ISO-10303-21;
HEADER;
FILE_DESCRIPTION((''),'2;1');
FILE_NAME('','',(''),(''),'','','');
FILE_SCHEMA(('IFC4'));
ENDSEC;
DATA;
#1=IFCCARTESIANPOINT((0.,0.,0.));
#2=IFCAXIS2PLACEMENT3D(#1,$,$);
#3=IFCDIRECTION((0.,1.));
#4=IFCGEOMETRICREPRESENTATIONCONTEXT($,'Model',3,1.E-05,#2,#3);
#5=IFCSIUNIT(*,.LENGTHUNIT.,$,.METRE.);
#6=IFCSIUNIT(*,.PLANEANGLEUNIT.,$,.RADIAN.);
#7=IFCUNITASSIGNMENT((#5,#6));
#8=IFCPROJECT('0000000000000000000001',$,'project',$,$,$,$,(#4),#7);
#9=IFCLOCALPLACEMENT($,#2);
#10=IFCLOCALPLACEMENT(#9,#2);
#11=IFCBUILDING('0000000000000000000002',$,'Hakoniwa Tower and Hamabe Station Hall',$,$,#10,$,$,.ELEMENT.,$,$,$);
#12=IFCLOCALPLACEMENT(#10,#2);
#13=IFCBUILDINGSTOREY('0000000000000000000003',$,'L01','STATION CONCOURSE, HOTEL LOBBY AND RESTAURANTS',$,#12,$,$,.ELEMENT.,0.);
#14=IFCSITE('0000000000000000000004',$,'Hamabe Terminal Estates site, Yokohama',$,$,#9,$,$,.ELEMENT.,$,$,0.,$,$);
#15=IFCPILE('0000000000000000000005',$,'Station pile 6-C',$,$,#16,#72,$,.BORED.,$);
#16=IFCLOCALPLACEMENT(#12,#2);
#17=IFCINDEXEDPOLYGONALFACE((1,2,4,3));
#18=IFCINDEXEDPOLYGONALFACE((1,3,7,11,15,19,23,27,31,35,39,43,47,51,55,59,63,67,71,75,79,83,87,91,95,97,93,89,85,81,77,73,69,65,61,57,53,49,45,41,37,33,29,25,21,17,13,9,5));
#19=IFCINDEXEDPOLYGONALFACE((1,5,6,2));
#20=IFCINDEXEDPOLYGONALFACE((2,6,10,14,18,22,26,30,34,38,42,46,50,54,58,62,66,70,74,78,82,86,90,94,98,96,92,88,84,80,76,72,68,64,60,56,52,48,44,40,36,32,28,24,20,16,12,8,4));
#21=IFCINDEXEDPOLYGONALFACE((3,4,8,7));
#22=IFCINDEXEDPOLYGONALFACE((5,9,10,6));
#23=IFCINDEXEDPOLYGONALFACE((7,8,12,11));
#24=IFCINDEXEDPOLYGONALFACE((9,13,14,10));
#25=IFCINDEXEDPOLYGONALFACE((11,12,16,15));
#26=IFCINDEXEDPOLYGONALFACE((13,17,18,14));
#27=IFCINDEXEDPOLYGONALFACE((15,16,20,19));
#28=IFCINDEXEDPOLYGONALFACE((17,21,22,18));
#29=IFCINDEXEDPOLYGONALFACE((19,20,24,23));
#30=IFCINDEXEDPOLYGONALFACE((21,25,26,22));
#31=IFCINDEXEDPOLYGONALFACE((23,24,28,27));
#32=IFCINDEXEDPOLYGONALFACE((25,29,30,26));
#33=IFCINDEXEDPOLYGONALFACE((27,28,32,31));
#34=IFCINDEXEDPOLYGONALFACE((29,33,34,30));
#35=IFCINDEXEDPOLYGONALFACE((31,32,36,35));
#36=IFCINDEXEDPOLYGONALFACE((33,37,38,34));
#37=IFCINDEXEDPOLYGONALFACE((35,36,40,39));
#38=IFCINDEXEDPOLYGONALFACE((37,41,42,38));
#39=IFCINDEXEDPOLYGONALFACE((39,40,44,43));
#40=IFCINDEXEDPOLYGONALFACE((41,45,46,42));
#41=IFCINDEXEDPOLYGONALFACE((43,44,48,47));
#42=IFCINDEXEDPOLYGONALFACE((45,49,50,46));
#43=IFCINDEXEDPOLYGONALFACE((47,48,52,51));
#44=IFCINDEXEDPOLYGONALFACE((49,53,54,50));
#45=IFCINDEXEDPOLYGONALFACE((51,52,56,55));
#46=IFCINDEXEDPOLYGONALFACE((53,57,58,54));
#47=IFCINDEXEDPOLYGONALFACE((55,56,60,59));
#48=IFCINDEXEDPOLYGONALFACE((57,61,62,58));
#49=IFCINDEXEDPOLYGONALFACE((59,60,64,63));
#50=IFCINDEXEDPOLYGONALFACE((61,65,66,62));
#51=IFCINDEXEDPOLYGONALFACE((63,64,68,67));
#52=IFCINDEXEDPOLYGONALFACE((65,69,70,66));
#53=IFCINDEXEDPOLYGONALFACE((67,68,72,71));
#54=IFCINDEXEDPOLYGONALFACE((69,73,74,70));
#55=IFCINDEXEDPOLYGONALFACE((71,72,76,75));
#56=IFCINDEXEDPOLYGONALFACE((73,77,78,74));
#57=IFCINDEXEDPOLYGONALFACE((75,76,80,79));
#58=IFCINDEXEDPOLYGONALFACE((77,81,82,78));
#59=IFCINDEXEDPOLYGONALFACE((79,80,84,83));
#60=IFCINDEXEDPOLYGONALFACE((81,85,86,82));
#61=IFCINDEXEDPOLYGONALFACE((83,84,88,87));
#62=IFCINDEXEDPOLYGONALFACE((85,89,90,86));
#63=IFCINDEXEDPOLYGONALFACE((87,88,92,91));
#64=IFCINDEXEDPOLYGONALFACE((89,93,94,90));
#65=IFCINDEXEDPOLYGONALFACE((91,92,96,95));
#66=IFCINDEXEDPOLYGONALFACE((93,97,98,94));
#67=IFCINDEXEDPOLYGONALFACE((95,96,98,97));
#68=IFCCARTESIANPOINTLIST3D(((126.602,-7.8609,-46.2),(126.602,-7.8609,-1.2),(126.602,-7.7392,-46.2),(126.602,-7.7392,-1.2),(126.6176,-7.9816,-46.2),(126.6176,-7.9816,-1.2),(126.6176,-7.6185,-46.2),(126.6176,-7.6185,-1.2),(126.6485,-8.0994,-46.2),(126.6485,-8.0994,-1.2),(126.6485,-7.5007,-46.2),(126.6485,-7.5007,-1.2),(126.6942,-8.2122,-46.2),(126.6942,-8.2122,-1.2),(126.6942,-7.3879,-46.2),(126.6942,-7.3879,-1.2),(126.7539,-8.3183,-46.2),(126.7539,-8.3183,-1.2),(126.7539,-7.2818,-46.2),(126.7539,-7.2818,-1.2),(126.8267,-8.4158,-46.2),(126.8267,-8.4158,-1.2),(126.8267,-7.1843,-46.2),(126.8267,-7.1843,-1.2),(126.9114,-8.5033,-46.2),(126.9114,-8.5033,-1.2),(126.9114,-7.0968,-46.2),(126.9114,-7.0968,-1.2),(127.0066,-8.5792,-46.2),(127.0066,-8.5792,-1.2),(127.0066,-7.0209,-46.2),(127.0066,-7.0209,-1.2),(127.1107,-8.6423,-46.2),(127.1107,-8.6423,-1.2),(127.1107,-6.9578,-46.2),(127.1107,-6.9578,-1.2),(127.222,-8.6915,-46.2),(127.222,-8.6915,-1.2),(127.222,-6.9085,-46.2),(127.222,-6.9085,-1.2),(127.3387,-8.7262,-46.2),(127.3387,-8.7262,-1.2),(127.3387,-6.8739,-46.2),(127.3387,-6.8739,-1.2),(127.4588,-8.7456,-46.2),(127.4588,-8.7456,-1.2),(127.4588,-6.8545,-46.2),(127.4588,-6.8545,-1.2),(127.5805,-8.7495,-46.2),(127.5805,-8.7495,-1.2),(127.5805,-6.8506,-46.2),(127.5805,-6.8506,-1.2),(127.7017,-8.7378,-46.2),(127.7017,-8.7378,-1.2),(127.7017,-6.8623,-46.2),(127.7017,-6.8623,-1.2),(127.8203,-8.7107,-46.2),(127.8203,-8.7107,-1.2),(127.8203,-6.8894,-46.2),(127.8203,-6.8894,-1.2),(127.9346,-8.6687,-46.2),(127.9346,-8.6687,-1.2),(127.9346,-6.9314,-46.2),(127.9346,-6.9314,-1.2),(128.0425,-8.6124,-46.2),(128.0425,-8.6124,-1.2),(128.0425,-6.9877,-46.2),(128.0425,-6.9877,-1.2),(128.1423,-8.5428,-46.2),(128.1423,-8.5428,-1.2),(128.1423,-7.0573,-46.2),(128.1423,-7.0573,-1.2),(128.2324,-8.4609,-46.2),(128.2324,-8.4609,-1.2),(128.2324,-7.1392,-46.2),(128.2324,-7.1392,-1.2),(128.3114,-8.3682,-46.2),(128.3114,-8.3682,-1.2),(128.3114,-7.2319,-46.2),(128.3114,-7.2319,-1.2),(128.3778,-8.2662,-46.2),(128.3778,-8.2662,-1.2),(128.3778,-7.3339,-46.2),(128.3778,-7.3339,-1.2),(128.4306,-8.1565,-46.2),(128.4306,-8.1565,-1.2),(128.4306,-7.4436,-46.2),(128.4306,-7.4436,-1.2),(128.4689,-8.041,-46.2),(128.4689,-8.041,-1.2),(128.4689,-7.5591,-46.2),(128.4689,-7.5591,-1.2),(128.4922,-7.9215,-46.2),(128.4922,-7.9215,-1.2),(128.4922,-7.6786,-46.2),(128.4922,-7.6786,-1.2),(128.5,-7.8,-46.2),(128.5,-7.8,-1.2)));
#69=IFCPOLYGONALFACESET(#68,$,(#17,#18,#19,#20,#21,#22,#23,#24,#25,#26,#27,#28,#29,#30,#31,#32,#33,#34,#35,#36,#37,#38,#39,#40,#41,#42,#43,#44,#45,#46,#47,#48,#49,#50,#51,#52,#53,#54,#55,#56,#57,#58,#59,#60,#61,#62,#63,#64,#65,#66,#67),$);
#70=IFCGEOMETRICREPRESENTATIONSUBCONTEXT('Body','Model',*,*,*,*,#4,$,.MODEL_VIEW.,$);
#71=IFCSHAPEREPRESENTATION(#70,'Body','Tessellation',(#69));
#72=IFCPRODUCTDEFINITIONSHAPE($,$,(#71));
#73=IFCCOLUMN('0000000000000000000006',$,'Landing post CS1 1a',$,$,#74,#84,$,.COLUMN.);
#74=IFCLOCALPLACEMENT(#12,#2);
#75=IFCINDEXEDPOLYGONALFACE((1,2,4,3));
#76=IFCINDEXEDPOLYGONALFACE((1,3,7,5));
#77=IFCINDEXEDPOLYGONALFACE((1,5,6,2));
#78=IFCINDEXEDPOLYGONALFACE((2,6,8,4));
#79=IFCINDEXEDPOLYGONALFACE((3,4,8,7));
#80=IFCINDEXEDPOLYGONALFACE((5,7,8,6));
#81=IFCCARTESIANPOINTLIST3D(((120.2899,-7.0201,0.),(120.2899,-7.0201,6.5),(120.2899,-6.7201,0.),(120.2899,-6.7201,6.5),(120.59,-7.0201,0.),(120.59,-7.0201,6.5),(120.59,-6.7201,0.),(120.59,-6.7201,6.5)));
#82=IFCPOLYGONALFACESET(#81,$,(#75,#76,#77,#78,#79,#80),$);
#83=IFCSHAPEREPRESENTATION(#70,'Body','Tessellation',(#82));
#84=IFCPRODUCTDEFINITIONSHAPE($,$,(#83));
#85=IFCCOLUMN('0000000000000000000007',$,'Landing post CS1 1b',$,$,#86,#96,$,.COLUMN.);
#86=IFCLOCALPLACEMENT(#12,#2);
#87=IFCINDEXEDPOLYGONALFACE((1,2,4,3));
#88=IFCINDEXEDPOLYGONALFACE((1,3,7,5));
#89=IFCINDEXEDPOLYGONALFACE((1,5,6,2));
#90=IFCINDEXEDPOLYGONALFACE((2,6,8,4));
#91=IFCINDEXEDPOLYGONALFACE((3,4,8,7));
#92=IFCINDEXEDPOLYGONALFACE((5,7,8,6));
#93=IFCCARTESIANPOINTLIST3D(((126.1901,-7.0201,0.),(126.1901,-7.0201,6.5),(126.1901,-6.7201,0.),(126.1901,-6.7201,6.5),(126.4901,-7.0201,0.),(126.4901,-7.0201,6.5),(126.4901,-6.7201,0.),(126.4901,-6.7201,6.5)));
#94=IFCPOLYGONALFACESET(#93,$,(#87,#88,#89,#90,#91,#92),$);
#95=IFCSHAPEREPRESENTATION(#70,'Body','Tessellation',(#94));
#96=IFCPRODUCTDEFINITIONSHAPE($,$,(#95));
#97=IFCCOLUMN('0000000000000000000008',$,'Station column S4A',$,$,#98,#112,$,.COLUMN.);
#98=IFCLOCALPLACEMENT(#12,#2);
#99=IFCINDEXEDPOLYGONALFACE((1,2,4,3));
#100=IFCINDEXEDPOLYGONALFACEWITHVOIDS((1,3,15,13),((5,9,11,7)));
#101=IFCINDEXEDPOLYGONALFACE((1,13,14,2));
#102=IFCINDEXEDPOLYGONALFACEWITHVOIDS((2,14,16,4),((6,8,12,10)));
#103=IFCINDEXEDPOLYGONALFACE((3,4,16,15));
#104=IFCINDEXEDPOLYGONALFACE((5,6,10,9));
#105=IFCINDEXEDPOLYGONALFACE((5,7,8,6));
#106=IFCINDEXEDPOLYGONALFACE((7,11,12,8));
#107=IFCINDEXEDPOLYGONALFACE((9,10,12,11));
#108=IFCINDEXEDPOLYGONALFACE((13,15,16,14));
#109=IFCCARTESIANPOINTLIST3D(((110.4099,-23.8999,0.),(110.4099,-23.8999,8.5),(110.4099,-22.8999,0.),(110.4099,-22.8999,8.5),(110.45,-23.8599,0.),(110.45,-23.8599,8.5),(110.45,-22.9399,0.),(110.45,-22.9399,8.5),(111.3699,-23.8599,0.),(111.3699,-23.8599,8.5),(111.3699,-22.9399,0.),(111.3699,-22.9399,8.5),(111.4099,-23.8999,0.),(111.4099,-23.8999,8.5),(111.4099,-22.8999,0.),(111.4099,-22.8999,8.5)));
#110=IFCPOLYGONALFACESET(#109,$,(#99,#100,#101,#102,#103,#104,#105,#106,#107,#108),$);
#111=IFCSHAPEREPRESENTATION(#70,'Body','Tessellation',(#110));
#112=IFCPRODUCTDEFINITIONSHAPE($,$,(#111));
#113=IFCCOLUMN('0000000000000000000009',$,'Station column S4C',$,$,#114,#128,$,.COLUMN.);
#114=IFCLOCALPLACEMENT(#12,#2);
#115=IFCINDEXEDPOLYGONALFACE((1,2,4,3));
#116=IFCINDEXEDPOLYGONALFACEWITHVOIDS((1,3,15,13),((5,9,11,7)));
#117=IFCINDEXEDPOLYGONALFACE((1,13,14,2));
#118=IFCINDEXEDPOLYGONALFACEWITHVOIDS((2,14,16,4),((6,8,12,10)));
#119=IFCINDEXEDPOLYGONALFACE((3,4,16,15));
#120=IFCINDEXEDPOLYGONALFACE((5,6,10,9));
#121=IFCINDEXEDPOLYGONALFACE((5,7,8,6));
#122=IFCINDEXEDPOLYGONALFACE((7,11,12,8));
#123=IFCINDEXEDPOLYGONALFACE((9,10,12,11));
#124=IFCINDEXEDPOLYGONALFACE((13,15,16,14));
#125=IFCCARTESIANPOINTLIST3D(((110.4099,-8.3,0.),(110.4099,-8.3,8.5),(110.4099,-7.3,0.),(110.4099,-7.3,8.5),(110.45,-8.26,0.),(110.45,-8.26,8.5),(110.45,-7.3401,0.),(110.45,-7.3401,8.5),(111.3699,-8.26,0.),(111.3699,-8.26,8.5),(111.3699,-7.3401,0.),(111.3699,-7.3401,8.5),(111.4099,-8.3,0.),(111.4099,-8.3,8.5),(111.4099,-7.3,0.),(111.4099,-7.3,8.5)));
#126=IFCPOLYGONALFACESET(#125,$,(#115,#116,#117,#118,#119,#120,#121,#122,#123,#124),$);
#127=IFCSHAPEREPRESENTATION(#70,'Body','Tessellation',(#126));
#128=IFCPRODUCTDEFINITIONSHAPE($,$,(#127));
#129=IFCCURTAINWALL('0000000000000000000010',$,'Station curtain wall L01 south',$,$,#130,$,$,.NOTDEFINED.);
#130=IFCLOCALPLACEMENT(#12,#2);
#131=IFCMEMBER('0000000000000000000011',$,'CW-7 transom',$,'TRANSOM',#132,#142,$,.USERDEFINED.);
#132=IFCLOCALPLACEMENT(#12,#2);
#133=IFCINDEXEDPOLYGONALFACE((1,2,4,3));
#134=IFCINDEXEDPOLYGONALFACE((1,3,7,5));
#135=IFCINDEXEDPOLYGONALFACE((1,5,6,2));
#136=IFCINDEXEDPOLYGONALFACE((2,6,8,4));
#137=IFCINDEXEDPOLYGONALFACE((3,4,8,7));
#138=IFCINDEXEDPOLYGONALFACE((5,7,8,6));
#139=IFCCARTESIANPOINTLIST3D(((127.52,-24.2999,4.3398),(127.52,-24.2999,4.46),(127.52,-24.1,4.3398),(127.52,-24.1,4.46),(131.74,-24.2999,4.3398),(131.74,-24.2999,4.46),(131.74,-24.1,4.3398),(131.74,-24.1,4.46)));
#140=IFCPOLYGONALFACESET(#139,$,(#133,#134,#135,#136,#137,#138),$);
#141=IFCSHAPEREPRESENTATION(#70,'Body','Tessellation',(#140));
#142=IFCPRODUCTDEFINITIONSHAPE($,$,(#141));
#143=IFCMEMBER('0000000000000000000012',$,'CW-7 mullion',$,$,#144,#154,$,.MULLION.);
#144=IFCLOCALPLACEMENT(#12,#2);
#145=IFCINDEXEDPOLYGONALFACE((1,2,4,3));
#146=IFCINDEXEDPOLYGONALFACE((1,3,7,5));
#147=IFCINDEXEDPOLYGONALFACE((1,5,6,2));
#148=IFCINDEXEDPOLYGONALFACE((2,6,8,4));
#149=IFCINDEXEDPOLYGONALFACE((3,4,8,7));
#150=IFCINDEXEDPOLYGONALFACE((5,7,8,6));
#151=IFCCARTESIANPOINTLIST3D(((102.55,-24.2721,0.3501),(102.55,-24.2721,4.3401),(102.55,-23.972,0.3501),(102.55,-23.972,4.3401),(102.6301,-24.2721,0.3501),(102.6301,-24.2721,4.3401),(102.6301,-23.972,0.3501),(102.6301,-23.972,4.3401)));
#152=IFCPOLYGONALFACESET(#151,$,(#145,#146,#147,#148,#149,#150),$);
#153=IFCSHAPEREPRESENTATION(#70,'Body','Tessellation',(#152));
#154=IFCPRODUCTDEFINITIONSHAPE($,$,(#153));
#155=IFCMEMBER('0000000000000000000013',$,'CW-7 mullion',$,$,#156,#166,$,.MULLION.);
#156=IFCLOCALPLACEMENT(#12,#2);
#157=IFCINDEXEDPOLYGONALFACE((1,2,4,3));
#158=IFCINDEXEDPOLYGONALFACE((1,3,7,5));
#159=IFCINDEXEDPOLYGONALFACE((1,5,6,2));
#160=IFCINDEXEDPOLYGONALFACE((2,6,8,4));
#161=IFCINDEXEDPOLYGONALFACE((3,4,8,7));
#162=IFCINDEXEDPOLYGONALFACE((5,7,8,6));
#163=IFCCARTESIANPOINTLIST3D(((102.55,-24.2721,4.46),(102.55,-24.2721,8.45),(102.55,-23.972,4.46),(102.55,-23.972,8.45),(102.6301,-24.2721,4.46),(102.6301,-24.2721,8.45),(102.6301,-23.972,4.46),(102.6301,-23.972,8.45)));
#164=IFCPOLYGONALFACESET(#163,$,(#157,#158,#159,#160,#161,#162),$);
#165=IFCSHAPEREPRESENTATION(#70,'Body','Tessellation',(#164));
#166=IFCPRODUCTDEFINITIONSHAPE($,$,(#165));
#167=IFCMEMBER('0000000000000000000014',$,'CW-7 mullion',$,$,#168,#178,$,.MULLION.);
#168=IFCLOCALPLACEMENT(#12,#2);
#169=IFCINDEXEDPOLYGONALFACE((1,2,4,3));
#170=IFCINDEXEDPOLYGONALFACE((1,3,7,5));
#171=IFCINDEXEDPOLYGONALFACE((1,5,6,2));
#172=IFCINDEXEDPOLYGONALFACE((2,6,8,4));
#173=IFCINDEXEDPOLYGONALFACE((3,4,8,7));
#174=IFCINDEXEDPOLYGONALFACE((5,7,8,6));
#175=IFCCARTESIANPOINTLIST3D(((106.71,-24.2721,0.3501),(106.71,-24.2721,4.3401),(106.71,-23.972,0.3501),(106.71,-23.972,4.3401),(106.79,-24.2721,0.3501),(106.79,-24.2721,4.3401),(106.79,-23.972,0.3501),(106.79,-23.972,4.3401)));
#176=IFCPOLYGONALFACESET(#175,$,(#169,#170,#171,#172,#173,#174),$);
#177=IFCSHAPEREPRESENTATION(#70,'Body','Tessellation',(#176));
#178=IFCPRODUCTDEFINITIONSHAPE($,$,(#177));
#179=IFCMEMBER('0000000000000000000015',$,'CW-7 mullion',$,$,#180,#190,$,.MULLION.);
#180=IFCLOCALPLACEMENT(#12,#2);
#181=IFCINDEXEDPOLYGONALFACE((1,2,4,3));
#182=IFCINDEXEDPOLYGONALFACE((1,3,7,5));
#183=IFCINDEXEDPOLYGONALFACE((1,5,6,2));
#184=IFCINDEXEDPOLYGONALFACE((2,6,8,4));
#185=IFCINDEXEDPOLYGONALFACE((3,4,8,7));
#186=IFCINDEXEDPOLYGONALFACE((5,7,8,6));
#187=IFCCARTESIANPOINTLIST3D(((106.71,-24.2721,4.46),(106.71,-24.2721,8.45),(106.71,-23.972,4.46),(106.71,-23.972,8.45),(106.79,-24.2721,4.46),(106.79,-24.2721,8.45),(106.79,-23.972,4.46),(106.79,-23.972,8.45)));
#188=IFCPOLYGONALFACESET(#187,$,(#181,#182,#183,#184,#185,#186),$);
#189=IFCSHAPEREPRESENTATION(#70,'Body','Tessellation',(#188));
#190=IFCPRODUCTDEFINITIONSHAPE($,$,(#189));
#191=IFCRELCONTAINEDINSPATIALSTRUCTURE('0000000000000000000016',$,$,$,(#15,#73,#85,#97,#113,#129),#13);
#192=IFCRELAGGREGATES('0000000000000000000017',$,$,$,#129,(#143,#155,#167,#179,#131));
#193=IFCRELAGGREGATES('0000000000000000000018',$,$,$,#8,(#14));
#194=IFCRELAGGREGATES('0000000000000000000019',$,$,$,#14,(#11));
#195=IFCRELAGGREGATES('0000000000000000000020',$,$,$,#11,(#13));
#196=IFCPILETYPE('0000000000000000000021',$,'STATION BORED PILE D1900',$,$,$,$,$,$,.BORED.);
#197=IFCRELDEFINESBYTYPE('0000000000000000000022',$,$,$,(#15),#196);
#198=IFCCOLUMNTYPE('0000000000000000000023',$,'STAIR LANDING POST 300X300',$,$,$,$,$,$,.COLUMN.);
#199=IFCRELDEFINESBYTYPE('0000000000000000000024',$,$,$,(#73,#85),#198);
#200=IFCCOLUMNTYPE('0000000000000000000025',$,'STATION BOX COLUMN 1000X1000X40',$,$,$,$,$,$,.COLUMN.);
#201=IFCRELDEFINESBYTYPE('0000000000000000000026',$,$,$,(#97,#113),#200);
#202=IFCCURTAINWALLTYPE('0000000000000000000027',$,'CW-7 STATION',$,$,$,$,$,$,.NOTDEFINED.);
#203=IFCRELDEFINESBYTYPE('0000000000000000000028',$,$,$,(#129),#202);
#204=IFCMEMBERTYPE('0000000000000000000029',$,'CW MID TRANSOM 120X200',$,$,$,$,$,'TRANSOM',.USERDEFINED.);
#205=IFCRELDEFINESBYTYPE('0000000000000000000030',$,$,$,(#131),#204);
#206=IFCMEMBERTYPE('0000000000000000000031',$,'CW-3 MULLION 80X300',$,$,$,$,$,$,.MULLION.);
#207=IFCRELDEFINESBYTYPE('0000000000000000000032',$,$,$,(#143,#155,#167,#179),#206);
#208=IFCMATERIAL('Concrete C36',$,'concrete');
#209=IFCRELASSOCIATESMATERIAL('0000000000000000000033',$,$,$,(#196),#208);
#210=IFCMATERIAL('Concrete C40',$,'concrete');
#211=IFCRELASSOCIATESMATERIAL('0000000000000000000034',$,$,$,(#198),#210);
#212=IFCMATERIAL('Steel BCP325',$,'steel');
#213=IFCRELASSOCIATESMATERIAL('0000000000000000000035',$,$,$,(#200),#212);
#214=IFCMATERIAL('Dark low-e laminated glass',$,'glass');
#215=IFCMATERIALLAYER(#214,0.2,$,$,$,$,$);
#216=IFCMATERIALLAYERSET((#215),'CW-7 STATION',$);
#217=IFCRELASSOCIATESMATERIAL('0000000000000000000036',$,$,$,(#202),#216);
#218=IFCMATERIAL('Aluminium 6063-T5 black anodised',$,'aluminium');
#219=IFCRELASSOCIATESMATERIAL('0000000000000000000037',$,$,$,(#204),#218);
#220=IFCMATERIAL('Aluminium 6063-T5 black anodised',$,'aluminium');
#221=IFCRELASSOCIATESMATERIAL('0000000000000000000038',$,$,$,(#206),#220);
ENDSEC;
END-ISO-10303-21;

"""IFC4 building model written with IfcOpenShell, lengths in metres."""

from ifc_helpers import new_model, si_unit, direction, frame, origin, origin_2d, place, context, subcontext, project, spatial, rectangle, hollow_rectangle, circle, extrude, material, layer, layer_set, material_profile, profile_set, type_object, element, aggregate, save


model = new_model("IFC4")

# Units and contexts
model_context = context("Model", 3, precision=1e-05, world=origin(), true_north=direction((0.0, 1.0)))
body_context = subcontext(model_context, "Body", "Model", "MODEL_VIEW")
ifc_project = project(units=[si_unit("LENGTHUNIT", "METRE"), si_unit("PLANEANGLEUNIT", "RADIAN")], contexts=[model_context])

# Site, building, storey
site_placement = place(None, origin())
site = spatial("IfcSite", under=ifc_project, at=site_placement, Name="Hamabe Terminal Estates site, Yokohama", CompositionType="ELEMENT", RefElevation=0.0)
building_placement = place(site_placement, origin())
building = spatial("IfcBuilding", under=site, at=building_placement, Name="Hakoniwa Tower and Hamabe Station Hall", CompositionType="ELEMENT")
storey_placement = place(building_placement, origin())
storey = spatial("IfcBuildingStorey", under=building, at=storey_placement, Name="L01", Description="STATION CONCOURSE, HOTEL LOBBY AND RESTAURANTS", CompositionType="ELEMENT", Elevation=0.0)

# Pile
ifc_material_1 = material(Name="Concrete C36", Category="concrete")
ifc_material_profile_1 = material_profile(ifc_material_1, circle(Radius=0.95, at=origin_2d()), Name="STATION BORED PILE D1900")
ifc_profile_set_1 = profile_set([ifc_material_profile_1], Name="Concrete C36")
pile_type = type_object("IfcPileType", Name="STATION BORED PILE D1900", PredefinedType="BORED", material=ifc_profile_set_1)
for number, where, z_axis, x_axis, name in (
    (1, (127.55, -7.8, -1.2), (0.0, 0.0, -1.0), (1.0, 0.0, 0.0), "Station pile 6-C"),
):
    element("IfcPile", number, at=place(storey_placement, frame(where, z_axis=z_axis, x_axis=x_axis)), inside=storey, type_object=pile_type, Name=name, PredefinedType="BORED", context=body_context, shape_type="SweptSolid", body=[
        extrude(circle(Radius=0.95, at=origin_2d()), origin(), (0.0, 0.0, 1.0), 45.0),
    ])

# Columns
ifc_material_2 = material(Name="Concrete C40", Category="concrete")
ifc_material_profile_2 = material_profile(ifc_material_2, rectangle(XDim=0.3, YDim=0.3, at=origin_2d()), Name="STAIR LANDING POST 300X300")
ifc_profile_set_2 = profile_set([ifc_material_profile_2], Name="Concrete C40")
column_type_1 = type_object("IfcColumnType", Name="STAIR LANDING POST 300X300", PredefinedType="COLUMN", material=ifc_profile_set_2)
for number, where, z_axis, x_axis, name in (
    (2, (120.4399, -6.8701, 0.0), (0.0, 0.0, 1.0), (1.0, 0.0, 0.0), "Landing post CS1 1a"),
    (3, (126.3401, -6.8701, 0.0), (0.0, 0.0, 1.0), (1.0, 0.0, 0.0), "Landing post CS1 1b"),
):
    element("IfcColumn", number, at=place(storey_placement, frame(where, z_axis=z_axis, x_axis=x_axis)), inside=storey, type_object=column_type_1, Name=name, PredefinedType="COLUMN", context=body_context, shape_type="SweptSolid", body=[
        extrude(rectangle(XDim=0.3, YDim=0.3, at=origin_2d()), origin(), (0.0, 0.0, 1.0), 6.5),
    ])
ifc_material_3 = material(Name="Steel BCP325", Category="steel")
ifc_material_profile_3 = material_profile(ifc_material_3, hollow_rectangle(XDim=1.0, YDim=1.0, WallThickness=0.04, at=origin_2d()), Name="STATION BOX COLUMN 1000X1000X40")
ifc_profile_set_3 = profile_set([ifc_material_profile_3], Name="Steel BCP325")
column_type_2 = type_object("IfcColumnType", Name="STATION BOX COLUMN 1000X1000X40", PredefinedType="COLUMN", material=ifc_profile_set_3)
for number, where, z_axis, x_axis, name in (
    (4, (110.9099, -23.3999, 0.0), (0.0, 0.0, 1.0), (1.0, 0.0, 0.0), "Station column S4A"),
    (5, (110.9099, -7.8, 0.0), (0.0, 0.0, 1.0), (1.0, 0.0, 0.0), "Station column S4C"),
):
    element("IfcColumn", number, at=place(storey_placement, frame(where, z_axis=z_axis, x_axis=x_axis)), inside=storey, type_object=column_type_2, Name=name, PredefinedType="COLUMN", context=body_context, shape_type="SweptSolid", body=[
        extrude(hollow_rectangle(XDim=1.0, YDim=1.0, WallThickness=0.04, at=origin_2d()), origin(), (0.0, 0.0, 1.0), 8.5),
    ])

# Curtain wall, members
ifc_material_4 = material(Name="Dark low-e laminated glass", Category="glass")
ifc_layer_1 = layer(ifc_material_4, 0.2)
ifc_layer_set_1 = layer_set([ifc_layer_1], Name="CW-7 STATION")
curtain_wall_type = type_object("IfcCurtainWallType", Name="CW-7 STATION", PredefinedType="NOTDEFINED", material=ifc_layer_set_1)
curtain_wall_placement = place(storey_placement, origin())
curtain_wall = element("IfcCurtainWall", 6, at=curtain_wall_placement, inside=storey, type_object=curtain_wall_type, Name="Station curtain wall L01 south", PredefinedType="NOTDEFINED")
ifc_material_5 = material(Name="Aluminium 6063-T5 black anodised", Category="aluminium")
ifc_material_profile_4 = material_profile(ifc_material_5, rectangle(XDim=0.2, YDim=0.1201, at=origin_2d()), Name="CW MID TRANSOM 120X200")
ifc_profile_set_4 = profile_set([ifc_material_profile_4], Name="Aluminium 6063-T5 black anodised")
member_type_1 = type_object("IfcMemberType", Name="CW MID TRANSOM 120X200", ElementType="TRANSOM", PredefinedType="USERDEFINED", material=ifc_profile_set_4)
member_1_placement = place(storey_placement, frame((127.52, -24.2, 4.3999), z_axis=(1.0, 0.0, 0.0), x_axis=(0.0, 1.0, 0.0)))
member_1 = element("IfcMember", 7, at=member_1_placement, type_object=member_type_1, Name="CW-7 transom", ObjectType="TRANSOM", PredefinedType="USERDEFINED", context=body_context, shape_type="SweptSolid", body=[
    extrude(rectangle(XDim=0.2, YDim=0.1201, at=origin_2d()), origin(), (0.0, 0.0, 1.0), 4.22),
])
ifc_material_6 = material(Name="Aluminium 6063-T5 black anodised", Category="aluminium")
ifc_material_profile_5 = material_profile(ifc_material_6, rectangle(XDim=0.0801, YDim=0.3, at=origin_2d()), Name="CW-3 MULLION 80X300")
ifc_profile_set_5 = profile_set([ifc_material_profile_5], Name="Aluminium 6063-T5 black anodised")
member_type_2 = type_object("IfcMemberType", Name="CW-3 MULLION 80X300", PredefinedType="MULLION", material=ifc_profile_set_5)
member_2_placement = place(storey_placement, frame((102.5901, -24.1221, 0.3501), z_axis=(0.0, 0.0, 1.0), x_axis=(1.0, 0.0, 0.0)))
member_2 = element("IfcMember", 8, at=member_2_placement, type_object=member_type_2, Name="CW-7 mullion", PredefinedType="MULLION", context=body_context, shape_type="SweptSolid", body=[
    extrude(rectangle(XDim=0.0801, YDim=0.3, at=origin_2d()), origin(), (0.0, 0.0, 1.0), 3.99),
])
member_3_placement = place(storey_placement, frame((102.5901, -24.1221, 4.46), z_axis=(0.0, 0.0, 1.0), x_axis=(1.0, 0.0, 0.0)))
member_3 = element("IfcMember", 9, at=member_3_placement, type_object=member_type_2, Name="CW-7 mullion", PredefinedType="MULLION", context=body_context, shape_type="SweptSolid", body=[
    extrude(rectangle(XDim=0.0801, YDim=0.3, at=origin_2d()), origin(), (0.0, 0.0, 1.0), 3.99),
])
member_4_placement = place(storey_placement, frame((106.75, -24.1221, 0.3501), z_axis=(0.0, 0.0, 1.0), x_axis=(1.0, 0.0, 0.0)))
member_4 = element("IfcMember", 10, at=member_4_placement, type_object=member_type_2, Name="CW-7 mullion", PredefinedType="MULLION", context=body_context, shape_type="SweptSolid", body=[
    extrude(rectangle(XDim=0.0801, YDim=0.3, at=origin_2d()), origin(), (0.0, 0.0, 1.0), 3.99),
])
member_5_placement = place(storey_placement, frame((106.75, -24.1221, 4.46), z_axis=(0.0, 0.0, 1.0), x_axis=(1.0, 0.0, 0.0)))
member_5 = element("IfcMember", 11, at=member_5_placement, type_object=member_type_2, Name="CW-7 mullion", PredefinedType="MULLION", context=body_context, shape_type="SweptSolid", body=[
    extrude(rectangle(XDim=0.0801, YDim=0.3, at=origin_2d()), origin(), (0.0, 0.0, 1.0), 3.99),
])
aggregate(curtain_wall, [member_2, member_3, member_4, member_5, member_1])

save(model, "model.ifc")
